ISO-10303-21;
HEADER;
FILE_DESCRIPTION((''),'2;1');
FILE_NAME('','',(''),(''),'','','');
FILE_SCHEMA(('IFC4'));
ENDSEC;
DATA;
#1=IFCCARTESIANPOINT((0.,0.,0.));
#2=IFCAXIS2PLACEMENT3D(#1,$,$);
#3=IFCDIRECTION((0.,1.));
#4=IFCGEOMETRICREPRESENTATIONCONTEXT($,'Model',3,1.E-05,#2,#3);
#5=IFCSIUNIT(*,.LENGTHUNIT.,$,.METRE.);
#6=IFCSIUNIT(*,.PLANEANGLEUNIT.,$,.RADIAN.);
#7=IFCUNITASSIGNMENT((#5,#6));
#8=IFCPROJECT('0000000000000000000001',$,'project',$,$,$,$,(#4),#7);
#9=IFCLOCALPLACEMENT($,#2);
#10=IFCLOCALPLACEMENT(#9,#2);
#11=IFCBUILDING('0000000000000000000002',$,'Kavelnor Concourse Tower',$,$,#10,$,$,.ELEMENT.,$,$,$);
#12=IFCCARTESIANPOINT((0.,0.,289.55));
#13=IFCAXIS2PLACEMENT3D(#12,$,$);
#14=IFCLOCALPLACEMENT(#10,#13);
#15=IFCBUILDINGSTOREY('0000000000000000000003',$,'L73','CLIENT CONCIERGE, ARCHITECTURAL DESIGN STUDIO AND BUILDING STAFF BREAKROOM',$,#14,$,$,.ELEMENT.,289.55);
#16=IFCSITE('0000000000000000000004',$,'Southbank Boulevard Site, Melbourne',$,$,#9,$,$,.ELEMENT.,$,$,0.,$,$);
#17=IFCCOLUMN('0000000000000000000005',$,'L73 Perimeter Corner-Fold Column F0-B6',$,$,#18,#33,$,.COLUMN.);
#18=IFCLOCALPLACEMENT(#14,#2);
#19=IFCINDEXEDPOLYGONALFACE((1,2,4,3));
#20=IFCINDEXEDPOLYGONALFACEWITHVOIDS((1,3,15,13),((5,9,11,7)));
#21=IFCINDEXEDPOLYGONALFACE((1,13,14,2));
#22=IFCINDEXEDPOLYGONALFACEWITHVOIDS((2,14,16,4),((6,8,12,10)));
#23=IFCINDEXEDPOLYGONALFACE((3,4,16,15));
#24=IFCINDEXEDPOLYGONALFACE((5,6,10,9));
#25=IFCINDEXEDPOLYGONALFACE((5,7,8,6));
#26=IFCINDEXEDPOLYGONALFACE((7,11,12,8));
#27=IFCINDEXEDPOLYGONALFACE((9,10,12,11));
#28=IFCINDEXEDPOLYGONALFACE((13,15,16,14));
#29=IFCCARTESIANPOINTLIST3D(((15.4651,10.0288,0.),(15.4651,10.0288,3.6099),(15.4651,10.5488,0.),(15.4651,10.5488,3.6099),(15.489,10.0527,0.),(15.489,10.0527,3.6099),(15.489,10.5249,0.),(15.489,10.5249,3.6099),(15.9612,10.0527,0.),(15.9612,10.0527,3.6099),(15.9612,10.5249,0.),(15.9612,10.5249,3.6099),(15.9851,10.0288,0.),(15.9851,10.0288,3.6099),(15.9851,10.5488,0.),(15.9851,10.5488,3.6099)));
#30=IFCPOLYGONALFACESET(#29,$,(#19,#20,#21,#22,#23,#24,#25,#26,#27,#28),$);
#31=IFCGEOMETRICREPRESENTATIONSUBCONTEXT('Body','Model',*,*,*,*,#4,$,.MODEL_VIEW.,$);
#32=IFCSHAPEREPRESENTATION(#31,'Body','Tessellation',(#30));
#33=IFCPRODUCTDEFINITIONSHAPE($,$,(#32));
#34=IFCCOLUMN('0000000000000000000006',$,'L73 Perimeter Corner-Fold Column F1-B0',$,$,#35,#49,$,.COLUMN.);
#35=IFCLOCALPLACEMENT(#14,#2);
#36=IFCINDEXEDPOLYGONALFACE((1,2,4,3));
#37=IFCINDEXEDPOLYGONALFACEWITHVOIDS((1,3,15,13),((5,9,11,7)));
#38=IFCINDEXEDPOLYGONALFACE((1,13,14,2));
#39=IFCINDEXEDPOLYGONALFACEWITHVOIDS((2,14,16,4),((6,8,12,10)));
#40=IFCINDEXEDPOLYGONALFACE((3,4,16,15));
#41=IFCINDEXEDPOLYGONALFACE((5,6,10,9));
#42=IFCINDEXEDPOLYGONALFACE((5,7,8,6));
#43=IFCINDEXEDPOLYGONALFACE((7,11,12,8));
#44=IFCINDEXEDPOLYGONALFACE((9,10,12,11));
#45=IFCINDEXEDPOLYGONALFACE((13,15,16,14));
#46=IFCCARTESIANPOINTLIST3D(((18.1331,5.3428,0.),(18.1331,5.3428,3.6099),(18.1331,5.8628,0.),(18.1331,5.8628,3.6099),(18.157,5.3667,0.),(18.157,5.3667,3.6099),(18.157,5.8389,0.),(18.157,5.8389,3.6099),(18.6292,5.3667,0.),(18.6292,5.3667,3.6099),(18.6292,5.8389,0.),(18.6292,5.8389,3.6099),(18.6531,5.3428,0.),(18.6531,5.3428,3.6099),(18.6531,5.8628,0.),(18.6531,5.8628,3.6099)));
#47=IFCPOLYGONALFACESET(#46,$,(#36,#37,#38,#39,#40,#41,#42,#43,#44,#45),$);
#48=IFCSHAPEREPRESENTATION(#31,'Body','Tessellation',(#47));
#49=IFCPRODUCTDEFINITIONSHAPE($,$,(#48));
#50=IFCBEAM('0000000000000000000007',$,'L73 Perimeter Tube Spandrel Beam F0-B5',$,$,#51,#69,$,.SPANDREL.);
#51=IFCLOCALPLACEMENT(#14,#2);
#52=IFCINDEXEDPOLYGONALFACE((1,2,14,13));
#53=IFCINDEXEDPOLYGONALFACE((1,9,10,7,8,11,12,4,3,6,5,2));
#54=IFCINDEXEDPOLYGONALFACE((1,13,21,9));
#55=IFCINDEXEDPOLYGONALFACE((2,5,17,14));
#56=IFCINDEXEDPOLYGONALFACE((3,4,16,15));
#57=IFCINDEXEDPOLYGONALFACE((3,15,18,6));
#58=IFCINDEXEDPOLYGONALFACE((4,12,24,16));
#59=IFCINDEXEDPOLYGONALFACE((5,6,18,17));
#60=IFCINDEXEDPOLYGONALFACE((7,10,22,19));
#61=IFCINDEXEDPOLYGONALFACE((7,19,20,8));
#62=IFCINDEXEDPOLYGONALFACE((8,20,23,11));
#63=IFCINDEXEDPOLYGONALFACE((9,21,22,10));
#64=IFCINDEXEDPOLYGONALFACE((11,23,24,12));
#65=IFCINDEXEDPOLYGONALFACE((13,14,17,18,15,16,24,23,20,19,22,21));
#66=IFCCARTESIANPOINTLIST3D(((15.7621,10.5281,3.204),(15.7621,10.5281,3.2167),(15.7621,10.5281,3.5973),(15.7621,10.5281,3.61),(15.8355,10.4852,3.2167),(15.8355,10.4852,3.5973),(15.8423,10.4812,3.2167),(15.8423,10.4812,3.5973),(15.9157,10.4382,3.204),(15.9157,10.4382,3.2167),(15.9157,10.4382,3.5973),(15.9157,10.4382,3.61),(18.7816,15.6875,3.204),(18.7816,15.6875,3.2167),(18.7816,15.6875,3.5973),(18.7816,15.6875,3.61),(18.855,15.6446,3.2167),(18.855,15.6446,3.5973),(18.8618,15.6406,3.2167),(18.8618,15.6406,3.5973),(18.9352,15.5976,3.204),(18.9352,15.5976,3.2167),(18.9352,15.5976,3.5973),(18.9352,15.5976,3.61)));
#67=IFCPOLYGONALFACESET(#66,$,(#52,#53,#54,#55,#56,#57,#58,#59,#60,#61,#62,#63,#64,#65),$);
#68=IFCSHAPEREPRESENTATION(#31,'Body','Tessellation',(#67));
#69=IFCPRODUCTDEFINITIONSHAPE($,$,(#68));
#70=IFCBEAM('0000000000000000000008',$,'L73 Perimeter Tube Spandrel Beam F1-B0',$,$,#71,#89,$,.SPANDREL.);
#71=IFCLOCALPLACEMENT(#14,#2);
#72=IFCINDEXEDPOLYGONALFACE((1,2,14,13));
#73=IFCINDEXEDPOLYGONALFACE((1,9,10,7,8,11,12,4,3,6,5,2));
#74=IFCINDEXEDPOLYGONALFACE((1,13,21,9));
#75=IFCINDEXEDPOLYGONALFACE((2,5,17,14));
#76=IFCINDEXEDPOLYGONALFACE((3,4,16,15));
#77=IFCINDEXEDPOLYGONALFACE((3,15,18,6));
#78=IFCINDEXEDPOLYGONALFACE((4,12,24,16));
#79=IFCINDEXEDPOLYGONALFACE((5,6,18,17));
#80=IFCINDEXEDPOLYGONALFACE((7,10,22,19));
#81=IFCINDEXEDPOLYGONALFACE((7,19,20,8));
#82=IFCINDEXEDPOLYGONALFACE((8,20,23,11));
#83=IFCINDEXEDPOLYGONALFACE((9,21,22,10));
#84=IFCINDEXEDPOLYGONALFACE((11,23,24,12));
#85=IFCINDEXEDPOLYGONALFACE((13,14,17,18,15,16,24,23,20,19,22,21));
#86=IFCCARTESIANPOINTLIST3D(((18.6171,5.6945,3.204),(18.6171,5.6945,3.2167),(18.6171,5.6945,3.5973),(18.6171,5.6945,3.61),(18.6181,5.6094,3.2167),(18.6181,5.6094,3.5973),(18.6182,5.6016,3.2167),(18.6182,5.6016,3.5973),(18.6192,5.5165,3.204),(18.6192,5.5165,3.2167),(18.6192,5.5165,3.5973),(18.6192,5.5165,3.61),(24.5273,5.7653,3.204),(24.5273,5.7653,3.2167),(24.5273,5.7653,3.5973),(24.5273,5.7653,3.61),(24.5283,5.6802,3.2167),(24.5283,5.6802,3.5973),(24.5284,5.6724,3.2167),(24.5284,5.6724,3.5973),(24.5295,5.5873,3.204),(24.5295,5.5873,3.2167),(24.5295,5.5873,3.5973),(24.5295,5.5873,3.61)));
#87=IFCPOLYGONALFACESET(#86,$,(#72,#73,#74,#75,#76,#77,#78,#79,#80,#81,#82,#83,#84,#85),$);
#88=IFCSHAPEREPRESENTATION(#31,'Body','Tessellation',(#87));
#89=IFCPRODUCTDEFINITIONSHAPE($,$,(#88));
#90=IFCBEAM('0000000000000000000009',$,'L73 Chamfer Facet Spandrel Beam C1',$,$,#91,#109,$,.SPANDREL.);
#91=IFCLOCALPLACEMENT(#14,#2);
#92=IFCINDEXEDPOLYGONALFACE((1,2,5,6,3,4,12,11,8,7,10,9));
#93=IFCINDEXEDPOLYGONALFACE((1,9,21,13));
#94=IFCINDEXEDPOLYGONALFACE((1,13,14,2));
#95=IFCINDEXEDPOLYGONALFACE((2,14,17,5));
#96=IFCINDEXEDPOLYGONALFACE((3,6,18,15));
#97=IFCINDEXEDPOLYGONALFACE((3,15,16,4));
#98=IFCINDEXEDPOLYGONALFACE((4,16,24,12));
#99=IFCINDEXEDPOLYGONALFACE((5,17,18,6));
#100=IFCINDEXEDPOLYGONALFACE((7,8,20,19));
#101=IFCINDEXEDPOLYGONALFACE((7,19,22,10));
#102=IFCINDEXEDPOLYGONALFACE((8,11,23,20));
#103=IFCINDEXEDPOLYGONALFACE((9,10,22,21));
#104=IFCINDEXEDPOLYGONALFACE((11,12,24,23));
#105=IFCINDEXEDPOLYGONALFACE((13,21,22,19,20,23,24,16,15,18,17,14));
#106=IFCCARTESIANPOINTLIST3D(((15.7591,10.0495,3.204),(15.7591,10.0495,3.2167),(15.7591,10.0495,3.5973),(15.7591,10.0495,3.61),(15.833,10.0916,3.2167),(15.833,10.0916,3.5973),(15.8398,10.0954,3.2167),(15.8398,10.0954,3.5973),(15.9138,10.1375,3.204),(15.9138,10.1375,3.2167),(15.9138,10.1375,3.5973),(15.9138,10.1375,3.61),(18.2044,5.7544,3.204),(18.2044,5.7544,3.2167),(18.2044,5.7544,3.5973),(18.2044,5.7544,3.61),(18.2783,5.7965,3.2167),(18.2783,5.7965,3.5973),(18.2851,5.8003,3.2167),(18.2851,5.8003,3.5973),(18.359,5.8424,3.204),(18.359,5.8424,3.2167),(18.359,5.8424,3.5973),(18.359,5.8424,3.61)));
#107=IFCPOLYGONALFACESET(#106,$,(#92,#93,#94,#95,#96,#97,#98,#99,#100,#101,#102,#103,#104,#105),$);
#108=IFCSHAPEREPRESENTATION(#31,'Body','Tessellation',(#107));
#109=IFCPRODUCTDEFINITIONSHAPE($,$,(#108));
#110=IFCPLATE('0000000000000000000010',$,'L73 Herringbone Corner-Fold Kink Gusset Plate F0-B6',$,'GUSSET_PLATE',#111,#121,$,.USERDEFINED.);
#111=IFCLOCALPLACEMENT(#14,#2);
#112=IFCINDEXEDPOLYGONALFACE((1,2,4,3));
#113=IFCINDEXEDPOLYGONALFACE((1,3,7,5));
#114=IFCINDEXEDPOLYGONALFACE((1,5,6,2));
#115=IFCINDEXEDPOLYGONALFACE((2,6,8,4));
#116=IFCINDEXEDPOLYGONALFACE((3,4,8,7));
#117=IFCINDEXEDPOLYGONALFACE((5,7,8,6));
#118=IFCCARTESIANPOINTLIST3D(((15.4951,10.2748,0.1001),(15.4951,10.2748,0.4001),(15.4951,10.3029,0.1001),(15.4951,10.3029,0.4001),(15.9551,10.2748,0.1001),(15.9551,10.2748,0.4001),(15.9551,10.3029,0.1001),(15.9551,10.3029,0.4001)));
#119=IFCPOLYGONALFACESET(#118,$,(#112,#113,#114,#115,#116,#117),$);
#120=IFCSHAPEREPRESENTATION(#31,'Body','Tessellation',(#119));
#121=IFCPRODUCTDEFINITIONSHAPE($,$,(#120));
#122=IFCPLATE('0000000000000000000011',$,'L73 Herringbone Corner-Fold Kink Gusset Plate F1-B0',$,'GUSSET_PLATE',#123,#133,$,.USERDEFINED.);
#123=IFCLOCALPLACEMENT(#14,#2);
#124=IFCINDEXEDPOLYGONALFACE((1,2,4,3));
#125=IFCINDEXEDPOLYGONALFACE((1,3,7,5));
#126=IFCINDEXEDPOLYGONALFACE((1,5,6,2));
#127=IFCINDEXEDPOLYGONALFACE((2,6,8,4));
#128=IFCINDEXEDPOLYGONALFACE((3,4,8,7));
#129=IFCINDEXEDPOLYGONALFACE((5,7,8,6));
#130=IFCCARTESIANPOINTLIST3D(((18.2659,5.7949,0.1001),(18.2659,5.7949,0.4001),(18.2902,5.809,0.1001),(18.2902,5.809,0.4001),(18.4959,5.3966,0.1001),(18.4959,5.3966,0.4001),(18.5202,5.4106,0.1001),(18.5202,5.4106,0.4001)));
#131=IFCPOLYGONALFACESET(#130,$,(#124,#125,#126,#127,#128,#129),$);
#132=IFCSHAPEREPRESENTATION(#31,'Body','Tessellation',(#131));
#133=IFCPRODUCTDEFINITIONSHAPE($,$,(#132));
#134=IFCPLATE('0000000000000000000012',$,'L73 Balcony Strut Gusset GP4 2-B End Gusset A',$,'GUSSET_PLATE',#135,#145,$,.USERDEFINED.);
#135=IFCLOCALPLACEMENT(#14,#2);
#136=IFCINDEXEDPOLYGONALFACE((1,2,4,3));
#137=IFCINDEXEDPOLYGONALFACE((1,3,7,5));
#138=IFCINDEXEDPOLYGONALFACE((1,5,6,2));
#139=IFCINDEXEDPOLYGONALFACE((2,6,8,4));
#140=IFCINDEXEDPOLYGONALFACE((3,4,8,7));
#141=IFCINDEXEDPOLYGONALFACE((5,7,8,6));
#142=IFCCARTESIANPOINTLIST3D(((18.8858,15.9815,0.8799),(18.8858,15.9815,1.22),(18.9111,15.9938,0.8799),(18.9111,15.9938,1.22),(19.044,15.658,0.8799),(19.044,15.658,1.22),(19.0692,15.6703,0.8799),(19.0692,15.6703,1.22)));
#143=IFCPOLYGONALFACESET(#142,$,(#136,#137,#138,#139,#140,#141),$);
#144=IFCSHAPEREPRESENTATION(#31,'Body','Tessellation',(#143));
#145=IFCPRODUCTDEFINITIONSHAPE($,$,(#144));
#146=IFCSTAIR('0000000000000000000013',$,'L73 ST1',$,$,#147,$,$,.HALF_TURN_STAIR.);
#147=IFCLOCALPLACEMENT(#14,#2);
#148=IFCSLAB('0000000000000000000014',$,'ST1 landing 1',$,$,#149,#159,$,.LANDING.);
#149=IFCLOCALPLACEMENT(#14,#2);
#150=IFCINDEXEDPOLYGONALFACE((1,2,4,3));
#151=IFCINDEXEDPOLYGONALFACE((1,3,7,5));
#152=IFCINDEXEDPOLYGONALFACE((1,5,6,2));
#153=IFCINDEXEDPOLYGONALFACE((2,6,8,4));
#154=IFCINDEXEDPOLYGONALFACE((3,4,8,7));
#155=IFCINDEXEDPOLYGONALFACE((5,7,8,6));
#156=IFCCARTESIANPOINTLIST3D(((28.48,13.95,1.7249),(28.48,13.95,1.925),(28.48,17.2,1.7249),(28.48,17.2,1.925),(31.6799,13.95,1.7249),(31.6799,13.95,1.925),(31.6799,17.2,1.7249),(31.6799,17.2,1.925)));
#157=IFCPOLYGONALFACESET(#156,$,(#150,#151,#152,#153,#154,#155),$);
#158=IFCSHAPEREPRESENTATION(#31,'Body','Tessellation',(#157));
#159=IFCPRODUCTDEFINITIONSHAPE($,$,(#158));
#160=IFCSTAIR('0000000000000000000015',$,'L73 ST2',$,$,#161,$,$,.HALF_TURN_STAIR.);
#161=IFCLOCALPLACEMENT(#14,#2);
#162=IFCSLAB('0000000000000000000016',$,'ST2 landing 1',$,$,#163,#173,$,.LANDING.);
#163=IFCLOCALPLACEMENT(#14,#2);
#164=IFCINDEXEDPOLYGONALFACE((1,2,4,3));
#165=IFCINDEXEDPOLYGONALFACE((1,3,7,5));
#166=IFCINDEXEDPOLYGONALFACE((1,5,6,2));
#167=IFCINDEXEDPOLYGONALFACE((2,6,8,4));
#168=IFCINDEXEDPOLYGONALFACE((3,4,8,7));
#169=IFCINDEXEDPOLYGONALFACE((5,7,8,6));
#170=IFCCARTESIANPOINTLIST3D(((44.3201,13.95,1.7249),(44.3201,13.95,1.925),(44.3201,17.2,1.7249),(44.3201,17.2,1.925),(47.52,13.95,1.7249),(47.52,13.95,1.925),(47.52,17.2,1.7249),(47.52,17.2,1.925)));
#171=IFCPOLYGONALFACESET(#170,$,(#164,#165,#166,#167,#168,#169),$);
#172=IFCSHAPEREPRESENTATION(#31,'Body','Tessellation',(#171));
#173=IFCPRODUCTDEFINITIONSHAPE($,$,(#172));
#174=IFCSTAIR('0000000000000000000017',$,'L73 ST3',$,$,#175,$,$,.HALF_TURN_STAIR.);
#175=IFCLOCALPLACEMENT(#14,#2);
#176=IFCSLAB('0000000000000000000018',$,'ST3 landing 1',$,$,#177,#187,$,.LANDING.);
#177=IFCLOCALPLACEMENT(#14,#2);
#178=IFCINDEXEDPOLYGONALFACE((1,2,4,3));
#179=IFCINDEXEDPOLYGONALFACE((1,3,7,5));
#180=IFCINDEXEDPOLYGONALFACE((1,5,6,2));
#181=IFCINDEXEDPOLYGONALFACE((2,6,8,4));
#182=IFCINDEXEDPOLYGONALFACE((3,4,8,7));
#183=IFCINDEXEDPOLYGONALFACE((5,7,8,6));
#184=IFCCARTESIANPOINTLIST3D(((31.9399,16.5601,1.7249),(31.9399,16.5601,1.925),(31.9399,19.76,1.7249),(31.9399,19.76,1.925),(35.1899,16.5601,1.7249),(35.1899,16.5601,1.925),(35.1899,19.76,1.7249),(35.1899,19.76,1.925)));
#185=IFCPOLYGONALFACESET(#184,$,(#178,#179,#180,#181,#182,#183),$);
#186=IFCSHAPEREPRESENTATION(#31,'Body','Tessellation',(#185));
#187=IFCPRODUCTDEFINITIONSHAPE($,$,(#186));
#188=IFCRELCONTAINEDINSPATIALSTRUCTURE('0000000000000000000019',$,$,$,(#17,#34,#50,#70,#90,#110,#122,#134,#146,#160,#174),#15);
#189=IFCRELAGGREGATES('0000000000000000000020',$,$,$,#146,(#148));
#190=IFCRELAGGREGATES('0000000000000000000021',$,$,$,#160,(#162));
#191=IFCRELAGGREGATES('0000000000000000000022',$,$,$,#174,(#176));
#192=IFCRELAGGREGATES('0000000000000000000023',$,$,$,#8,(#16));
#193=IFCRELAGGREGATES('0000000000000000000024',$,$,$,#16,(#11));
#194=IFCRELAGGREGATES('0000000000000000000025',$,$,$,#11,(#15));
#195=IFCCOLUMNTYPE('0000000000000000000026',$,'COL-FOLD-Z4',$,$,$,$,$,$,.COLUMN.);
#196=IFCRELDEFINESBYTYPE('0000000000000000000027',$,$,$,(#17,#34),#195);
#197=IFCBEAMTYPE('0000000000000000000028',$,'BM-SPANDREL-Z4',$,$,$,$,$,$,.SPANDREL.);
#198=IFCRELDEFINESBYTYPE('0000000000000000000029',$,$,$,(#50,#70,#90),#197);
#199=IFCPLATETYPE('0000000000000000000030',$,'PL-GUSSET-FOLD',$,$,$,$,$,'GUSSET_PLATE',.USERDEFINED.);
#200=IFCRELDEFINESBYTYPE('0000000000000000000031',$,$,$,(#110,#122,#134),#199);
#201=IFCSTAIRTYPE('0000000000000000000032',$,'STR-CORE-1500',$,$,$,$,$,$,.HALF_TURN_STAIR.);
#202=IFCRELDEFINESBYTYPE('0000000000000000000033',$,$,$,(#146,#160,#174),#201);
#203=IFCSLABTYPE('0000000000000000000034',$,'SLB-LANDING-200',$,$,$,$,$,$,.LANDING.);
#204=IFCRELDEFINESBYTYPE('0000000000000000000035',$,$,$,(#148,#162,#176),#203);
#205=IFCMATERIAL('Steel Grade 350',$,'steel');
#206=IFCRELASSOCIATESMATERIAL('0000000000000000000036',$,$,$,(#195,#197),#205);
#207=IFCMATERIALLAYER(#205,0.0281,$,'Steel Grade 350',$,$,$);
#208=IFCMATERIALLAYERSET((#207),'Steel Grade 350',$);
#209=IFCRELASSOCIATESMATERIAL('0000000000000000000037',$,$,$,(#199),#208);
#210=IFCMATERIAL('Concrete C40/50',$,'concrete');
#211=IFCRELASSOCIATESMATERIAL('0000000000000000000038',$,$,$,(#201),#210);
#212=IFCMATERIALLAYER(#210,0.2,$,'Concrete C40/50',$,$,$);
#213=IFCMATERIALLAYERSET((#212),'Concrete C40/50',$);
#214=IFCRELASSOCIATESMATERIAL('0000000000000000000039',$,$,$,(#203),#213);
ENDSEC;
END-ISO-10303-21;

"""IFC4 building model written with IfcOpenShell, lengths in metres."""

from ifc_helpers import new_model, si_unit, direction, frame, origin, origin_2d, place, context, subcontext, project, spatial, polyline, rectangle, hollow_rectangle, i_section, outline, extrude, material, layer, layer_set, material_profile, profile_set, type_object, element, aggregate, save


model = new_model("IFC4")

# Units and contexts
model_context = context("Model", 3, precision=1e-05, world=origin(), true_north=direction((0.0, 1.0)))
body_context = subcontext(model_context, "Body", "Model", "MODEL_VIEW")
ifc_project = project(units=[si_unit("LENGTHUNIT", "METRE"), si_unit("PLANEANGLEUNIT", "RADIAN")], contexts=[model_context])

# Site, building, storey
site_placement = place(None, origin())
site = spatial("IfcSite", under=ifc_project, at=site_placement, Name="Southbank Boulevard Site, Melbourne", CompositionType="ELEMENT", RefElevation=0.0)
building_placement = place(site_placement, origin())
building = spatial("IfcBuilding", under=site, at=building_placement, Name="Kavelnor Concourse Tower", CompositionType="ELEMENT")
storey_placement = place(building_placement, frame((0.0, 0.0, 289.55)))
storey = spatial("IfcBuildingStorey", under=building, at=storey_placement, Name="L73", Description="CLIENT CONCIERGE, ARCHITECTURAL DESIGN STUDIO AND BUILDING STAFF BREAKROOM", CompositionType="ELEMENT", Elevation=289.55)

# Columns
ifc_material_1 = material(Name="Steel Grade 350", Category="steel")
ifc_material_profile_1 = material_profile(ifc_material_1, hollow_rectangle(XDim=0.52, YDim=0.52, WallThickness=0.0239, at=origin_2d()), Name="SHS 520x520x24")
ifc_profile_set_1 = profile_set([ifc_material_profile_1], Name="Steel Grade 350")
column_type = type_object("IfcColumnType", Name="COL-FOLD-Z4", PredefinedType="COLUMN", material=ifc_profile_set_1)
for number, where, z_axis, x_axis, name in (
    (1, (15.7251, 10.2888, 0.0), (0.0, 0.0, 1.0), (1.0, 0.0, 0.0), "L73 Perimeter Corner-Fold Column F0-B6"),
    (2, (18.3931, 5.6028, 0.0), (0.0, 0.0, 1.0), (1.0, 0.0, 0.0), "L73 Perimeter Corner-Fold Column F1-B0"),
):
    element("IfcColumn", number, at=place(storey_placement, frame(where, z_axis=z_axis, x_axis=x_axis)), inside=storey, type_object=column_type, Name=name, PredefinedType="COLUMN", context=body_context, shape_type="SweptSolid", body=[
        extrude(hollow_rectangle(XDim=0.52, YDim=0.52, WallThickness=0.0239, at=origin_2d()), origin(), (0.0, 0.0, 1.0), 3.6099),
    ])

# Beams
ifc_material_profile_2 = material_profile(ifc_material_1, i_section(OverallWidth=0.178, OverallDepth=0.406, WebThickness=0.0078, FlangeThickness=0.0127, at=origin_2d()), Name="410UB59")
ifc_profile_set_2 = profile_set([ifc_material_profile_2], Name="Steel Grade 350")
beam_type = type_object("IfcBeamType", Name="BM-SPANDREL-Z4", PredefinedType="SPANDREL", material=ifc_profile_set_2)
beam_1_placement = place(storey_placement, frame((18.8584, 15.6426, 3.407), z_axis=(-0.505102, -0.86306, 0.0), x_axis=(0.86306, -0.505102, 0.0)))
element("IfcBeam", 3, at=beam_1_placement, inside=storey, type_object=beam_type, Name="L73 Perimeter Tube Spandrel Beam F0-B5", PredefinedType="SPANDREL", context=body_context, shape_type="SweptSolid", body=[
    extrude(i_section(OverallWidth=0.178, OverallDepth=0.406, WebThickness=0.0078, FlangeThickness=0.0127, at=origin_2d()), origin(), (0.0, 0.0, 1.0), 5.978),
])
beam_2_placement = place(storey_placement, frame((18.6182, 5.6055, 3.407), z_axis=(0.999928, 0.011979, 0.0), x_axis=(-0.011979, 0.999928, 0.0)))
element("IfcBeam", 4, at=beam_2_placement, inside=storey, type_object=beam_type, Name="L73 Perimeter Tube Spandrel Beam F1-B0", PredefinedType="SPANDREL", context=body_context, shape_type="SweptSolid", body=[
    extrude(i_section(OverallWidth=0.178, OverallDepth=0.406, WebThickness=0.0078, FlangeThickness=0.0127, at=origin_2d()), origin(), (0.0, 0.0, 1.0), 5.9106),
])
beam_3_placement = place(storey_placement, frame((15.8364, 10.0935, 3.407), z_axis=(0.494755, -0.869032, 0.0), x_axis=(0.869032, 0.494755, 0.0)))
element("IfcBeam", 5, at=beam_3_placement, inside=storey, type_object=beam_type, Name="L73 Chamfer Facet Spandrel Beam C1", PredefinedType="SPANDREL", context=body_context, shape_type="SweptSolid", body=[
    extrude(i_section(OverallWidth=0.178, OverallDepth=0.406, WebThickness=0.0078, FlangeThickness=0.0127, at=origin_2d()), origin(), (0.0, 0.0, 1.0), 4.9424),
])

# Plates
ifc_layer_1 = layer(ifc_material_1, 0.0281, Name="Steel Grade 350")
ifc_layer_set_1 = layer_set([ifc_layer_1], Name="Steel Grade 350")
plate_type = type_object("IfcPlateType", Name="PL-GUSSET-FOLD", ElementType="GUSSET_PLATE", PredefinedType="USERDEFINED", material=ifc_layer_set_1)
for number, where, z_axis, x_axis, name in (
    (6, (15.7251, 10.2888, 0.1001), (0.0, 0.0, 1.0), (1.0, 0.0, 0.0), "L73 Herringbone Corner-Fold Kink Gusset Plate F0-B6"),
    (7, (18.3931, 5.6028, 0.1001), (0.0, 0.0, 1.0), (-0.5, 0.866025, 0.0), "L73 Herringbone Corner-Fold Kink Gusset Plate F1-B0"),
):
    element("IfcPlate", number, at=place(storey_placement, frame(where, z_axis=z_axis, x_axis=x_axis)), inside=storey, type_object=plate_type, Name=name, ObjectType="GUSSET_PLATE", PredefinedType="USERDEFINED", context=body_context, shape_type="SweptSolid", body=[
        extrude(rectangle(XDim=0.46, YDim=0.0281, at=origin_2d()), origin(), (0.0, 0.0, 1.0), 0.3),
    ])
plate_placement = place(storey_placement, frame((18.9775, 15.8259, 0.8799), z_axis=(0.0, 0.0, 1.0), x_axis=(-0.439312, 0.898334, 0.0)))
element("IfcPlate", 8, at=plate_placement, inside=storey, type_object=plate_type, Name="L73 Balcony Strut Gusset GP4 2-B End Gusset A", ObjectType="GUSSET_PLATE", PredefinedType="USERDEFINED", context=body_context, shape_type="SweptSolid", body=[
    extrude(rectangle(XDim=0.3601, YDim=0.0281, at=origin_2d()), origin(), (0.0, 0.0, 1.0), 0.3401),
])

# Stairs, slabs
ifc_material_2 = material(Name="Concrete C40/50", Category="concrete")
stair_type = type_object("IfcStairType", Name="STR-CORE-1500", PredefinedType="HALF_TURN_STAIR", material=ifc_material_2)
stair_1_placement = place(storey_placement, origin())
stair_1 = element("IfcStair", 9, at=stair_1_placement, inside=storey, type_object=stair_type, Name="L73 ST1", PredefinedType="HALF_TURN_STAIR")
ifc_layer_2 = layer(ifc_material_2, 0.2, Name="Concrete C40/50")
ifc_layer_set_2 = layer_set([ifc_layer_2], Name="Concrete C40/50")
slab_type_1 = type_object("IfcSlabType", Name="SLB-LANDING-200", PredefinedType="LANDING", material=ifc_layer_set_2)
slab_1_placement = place(storey_placement, frame((0.0, 0.0, 1.7249)))
slab_1 = element("IfcSlab", 10, at=slab_1_placement, type_object=slab_type_1, Name="ST1 landing 1", PredefinedType="LANDING", context=body_context, shape_type="SweptSolid", body=[
    extrude(outline(polyline([(31.6799, 13.95), (31.6799, 17.2), (28.48, 17.2), (28.48, 13.95), (31.6799, 13.95)])), origin(), (0.0, 0.0, 1.0), 0.2002),
])
aggregate(stair_1, [slab_1])
stair_2_placement = place(storey_placement, origin())
stair_2 = element("IfcStair", 11, at=stair_2_placement, inside=storey, type_object=stair_type, Name="L73 ST2", PredefinedType="HALF_TURN_STAIR")
slab_2_placement = place(storey_placement, frame((0.0, 0.0, 1.7249)))
slab_2 = element("IfcSlab", 12, at=slab_2_placement, type_object=slab_type_1, Name="ST2 landing 1", PredefinedType="LANDING", context=body_context, shape_type="SweptSolid", body=[
    extrude(outline(polyline([(47.52, 13.95), (47.52, 17.2), (44.3201, 17.2), (44.3201, 13.95), (47.52, 13.95)])), origin(), (0.0, 0.0, 1.0), 0.2002),
])
aggregate(stair_2, [slab_2])
stair_3_placement = place(storey_placement, origin())
stair_3 = element("IfcStair", 13, at=stair_3_placement, inside=storey, type_object=stair_type, Name="L73 ST3", PredefinedType="HALF_TURN_STAIR")
slab_3_placement = place(storey_placement, frame((0.0, 0.0, 1.7249)))
slab_3 = element("IfcSlab", 14, at=slab_3_placement, type_object=slab_type_1, Name="ST3 landing 1", PredefinedType="LANDING", context=body_context, shape_type="SweptSolid", body=[
    extrude(outline(polyline([(35.1899, 19.76), (31.9399, 19.76), (31.9399, 16.5601), (35.1899, 16.5601), (35.1899, 19.76)])), origin(), (0.0, 0.0, 1.0), 0.2002),
])
aggregate(stair_3, [slab_3])

save(model, "model.ifc")
